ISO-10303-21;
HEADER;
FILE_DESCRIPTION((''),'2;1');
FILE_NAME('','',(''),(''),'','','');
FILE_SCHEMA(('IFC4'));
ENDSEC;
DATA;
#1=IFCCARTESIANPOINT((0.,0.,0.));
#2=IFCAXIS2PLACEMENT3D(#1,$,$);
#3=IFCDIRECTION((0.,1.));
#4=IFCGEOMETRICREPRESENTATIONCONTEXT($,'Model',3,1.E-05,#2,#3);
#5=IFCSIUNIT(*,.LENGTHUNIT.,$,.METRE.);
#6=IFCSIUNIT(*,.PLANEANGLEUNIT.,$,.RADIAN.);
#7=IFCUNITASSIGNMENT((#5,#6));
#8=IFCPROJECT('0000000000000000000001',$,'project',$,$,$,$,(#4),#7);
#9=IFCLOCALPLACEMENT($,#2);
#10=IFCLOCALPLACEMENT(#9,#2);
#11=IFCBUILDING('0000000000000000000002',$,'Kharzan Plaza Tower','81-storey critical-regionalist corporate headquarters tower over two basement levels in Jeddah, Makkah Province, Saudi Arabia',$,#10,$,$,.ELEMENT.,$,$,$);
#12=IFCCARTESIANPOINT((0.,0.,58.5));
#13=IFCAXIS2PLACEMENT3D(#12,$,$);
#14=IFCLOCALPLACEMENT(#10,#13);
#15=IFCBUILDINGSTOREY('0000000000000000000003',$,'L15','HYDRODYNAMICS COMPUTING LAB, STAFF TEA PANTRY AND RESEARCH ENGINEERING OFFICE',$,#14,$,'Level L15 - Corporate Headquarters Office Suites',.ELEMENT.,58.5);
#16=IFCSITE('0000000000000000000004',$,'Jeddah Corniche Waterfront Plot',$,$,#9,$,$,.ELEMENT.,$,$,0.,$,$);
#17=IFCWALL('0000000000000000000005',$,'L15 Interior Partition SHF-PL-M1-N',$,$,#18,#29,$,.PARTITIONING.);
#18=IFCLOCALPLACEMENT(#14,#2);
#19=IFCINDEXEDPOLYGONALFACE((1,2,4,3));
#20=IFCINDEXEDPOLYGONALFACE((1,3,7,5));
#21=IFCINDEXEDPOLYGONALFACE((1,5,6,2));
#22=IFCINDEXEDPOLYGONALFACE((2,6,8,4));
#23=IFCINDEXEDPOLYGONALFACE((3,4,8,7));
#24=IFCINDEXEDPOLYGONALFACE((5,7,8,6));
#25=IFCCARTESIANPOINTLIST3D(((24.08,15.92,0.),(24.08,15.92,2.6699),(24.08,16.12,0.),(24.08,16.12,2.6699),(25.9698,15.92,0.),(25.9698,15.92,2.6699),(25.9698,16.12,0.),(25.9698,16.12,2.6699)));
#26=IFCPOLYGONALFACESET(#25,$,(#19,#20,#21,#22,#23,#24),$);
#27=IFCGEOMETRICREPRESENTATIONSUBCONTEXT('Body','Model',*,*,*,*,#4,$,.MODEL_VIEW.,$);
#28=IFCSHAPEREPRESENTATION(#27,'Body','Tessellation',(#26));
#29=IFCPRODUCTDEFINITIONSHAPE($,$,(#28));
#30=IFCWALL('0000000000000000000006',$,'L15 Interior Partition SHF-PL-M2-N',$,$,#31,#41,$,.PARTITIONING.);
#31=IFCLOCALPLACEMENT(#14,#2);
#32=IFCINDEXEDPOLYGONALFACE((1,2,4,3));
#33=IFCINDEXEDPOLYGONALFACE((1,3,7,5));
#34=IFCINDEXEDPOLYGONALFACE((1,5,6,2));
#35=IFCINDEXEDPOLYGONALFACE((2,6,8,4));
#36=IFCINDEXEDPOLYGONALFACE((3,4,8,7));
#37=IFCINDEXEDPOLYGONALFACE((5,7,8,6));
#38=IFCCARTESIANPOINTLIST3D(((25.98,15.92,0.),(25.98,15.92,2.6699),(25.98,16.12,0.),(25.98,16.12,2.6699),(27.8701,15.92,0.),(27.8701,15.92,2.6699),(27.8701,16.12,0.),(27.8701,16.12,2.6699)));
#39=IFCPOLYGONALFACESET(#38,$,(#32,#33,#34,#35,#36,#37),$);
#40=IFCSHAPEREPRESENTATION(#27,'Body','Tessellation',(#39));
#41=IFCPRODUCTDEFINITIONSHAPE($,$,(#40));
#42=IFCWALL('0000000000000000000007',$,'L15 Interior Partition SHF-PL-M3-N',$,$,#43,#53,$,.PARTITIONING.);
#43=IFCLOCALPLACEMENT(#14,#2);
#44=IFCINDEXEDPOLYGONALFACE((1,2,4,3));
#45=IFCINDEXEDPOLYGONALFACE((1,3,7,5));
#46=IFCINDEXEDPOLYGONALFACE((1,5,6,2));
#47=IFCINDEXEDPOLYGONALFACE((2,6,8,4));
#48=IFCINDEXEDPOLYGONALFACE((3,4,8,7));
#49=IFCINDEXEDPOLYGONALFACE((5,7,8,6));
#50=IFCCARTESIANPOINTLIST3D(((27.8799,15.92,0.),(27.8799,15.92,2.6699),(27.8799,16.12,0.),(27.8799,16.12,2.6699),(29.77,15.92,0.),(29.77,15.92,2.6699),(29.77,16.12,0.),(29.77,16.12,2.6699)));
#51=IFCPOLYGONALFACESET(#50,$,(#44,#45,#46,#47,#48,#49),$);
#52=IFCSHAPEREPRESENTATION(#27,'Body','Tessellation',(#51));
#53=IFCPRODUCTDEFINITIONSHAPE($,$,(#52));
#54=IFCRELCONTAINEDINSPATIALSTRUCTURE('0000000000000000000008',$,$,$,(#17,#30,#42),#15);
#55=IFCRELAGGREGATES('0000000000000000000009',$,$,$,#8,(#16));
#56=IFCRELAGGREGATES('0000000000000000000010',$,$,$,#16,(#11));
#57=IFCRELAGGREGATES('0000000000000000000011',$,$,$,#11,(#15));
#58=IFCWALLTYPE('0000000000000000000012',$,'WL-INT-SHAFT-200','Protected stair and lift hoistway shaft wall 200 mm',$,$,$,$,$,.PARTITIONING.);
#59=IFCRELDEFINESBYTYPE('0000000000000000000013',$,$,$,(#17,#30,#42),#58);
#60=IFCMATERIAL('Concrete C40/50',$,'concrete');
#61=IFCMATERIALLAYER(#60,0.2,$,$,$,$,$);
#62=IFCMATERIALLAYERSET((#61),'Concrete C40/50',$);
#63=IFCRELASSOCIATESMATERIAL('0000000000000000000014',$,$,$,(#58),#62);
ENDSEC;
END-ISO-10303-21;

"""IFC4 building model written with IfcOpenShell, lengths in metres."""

from ifc_helpers import new_model, si_unit, direction, frame, frame_2d, origin, place, context, subcontext, project, spatial, rectangle, extrude, source, transform, mapped, material, layer, layer_set, type_object, element, save


model = new_model("IFC4")

# Units and contexts
model_context = context("Model", 3, precision=1e-05, world=origin(), true_north=direction((0.0, 1.0)))
body_context = subcontext(model_context, "Body", "Model", "MODEL_VIEW")
ifc_project = project(units=[si_unit("LENGTHUNIT", "METRE"), si_unit("PLANEANGLEUNIT", "RADIAN")], contexts=[model_context])

# Site, building, storey
site_placement = place(None, origin())
site = spatial("IfcSite", under=ifc_project, at=site_placement, Name="Jeddah Corniche Waterfront Plot", CompositionType="ELEMENT", RefElevation=0.0)
building_placement = place(site_placement, origin())
building = spatial("IfcBuilding", under=site, at=building_placement, Name="Kharzan Plaza Tower", Description="81-storey critical-regionalist corporate headquarters tower over two basement levels in Jeddah, Makkah Province, Saudi Arabia", CompositionType="ELEMENT")
storey_placement = place(building_placement, frame((0.0, 0.0, 58.5)))
storey = spatial("IfcBuildingStorey", under=building, at=storey_placement, Name="L15", Description="HYDRODYNAMICS COMPUTING LAB, STAFF TEA PANTRY AND RESEARCH ENGINEERING OFFICE", LongName="Level L15 - Corporate Headquarters Office Suites", CompositionType="ELEMENT", Elevation=58.5)

# Shared definitions
ifc_material_1 = material(Name="Concrete C40/50", Category="concrete")

# Walls
ifc_layer_1 = layer(ifc_material_1, 0.2)
ifc_layer_set_1 = layer_set([ifc_layer_1], Name="Concrete C40/50")
wall_type_1 = type_object("IfcWallType", Name="WL-INT-SHAFT-200", Description="Protected stair and lift hoistway shaft wall 200 mm", PredefinedType="PARTITIONING", material=ifc_layer_set_1)
shared_shape_1 = source(origin(), body_context, "Body", "SweptSolid", [
    extrude(rectangle(XDim=1.8899, YDim=0.2, at=frame_2d((0.9448, 0.0))), origin(), (0.0, 0.0, 1.0), 2.6699),
])
wall_1_placement = place(storey_placement, frame((24.0801, 16.02, 0.0), z_axis=(0.0, 0.0, 1.0), x_axis=(1.0, 0.0, 0.0)))
element("IfcWall", 1, at=wall_1_placement, inside=storey, type_object=wall_type_1, Name="L15 Interior Partition SHF-PL-M1-N", PredefinedType="PARTITIONING", context=body_context, shape_type="MappedRepresentation", body=[
    mapped(shared_shape_1, transform((0.0, 0.0, 0.0), x_axis=(1.0, 0.0, 0.0), y_axis=(0.0, 1.0, 0.0), z_axis=(0.0, 0.0, 1.0))),
])
shared_shape_2 = source(origin(), body_context, "Body", "SweptSolid", [
    extrude(rectangle(XDim=1.8901, YDim=0.2, at=frame_2d((0.9451, 0.0))), origin(), (0.0, 0.0, 1.0), 2.6699),
])
for number, where, z_axis, x_axis, name in (
    (2, (25.98, 16.02, 0.0), (0.0, 0.0, 1.0), (1.0, 0.0, 0.0), "L15 Interior Partition SHF-PL-M2-N"),
    (3, (27.8799, 16.02, 0.0), (0.0, 0.0, 1.0), (1.0, 0.0, 0.0), "L15 Interior Partition SHF-PL-M3-N"),
):
    element("IfcWall", number, at=place(storey_placement, frame(where, z_axis=z_axis, x_axis=x_axis)), inside=storey, type_object=wall_type_1, Name=name, PredefinedType="PARTITIONING", context=body_context, shape_type="MappedRepresentation", body=[
        mapped(shared_shape_2, transform((0.0, 0.0, 0.0), x_axis=(1.0, 0.0, 0.0), y_axis=(0.0, 1.0, 0.0), z_axis=(0.0, 0.0, 1.0))),
    ])

save(model, "model.ifc")
